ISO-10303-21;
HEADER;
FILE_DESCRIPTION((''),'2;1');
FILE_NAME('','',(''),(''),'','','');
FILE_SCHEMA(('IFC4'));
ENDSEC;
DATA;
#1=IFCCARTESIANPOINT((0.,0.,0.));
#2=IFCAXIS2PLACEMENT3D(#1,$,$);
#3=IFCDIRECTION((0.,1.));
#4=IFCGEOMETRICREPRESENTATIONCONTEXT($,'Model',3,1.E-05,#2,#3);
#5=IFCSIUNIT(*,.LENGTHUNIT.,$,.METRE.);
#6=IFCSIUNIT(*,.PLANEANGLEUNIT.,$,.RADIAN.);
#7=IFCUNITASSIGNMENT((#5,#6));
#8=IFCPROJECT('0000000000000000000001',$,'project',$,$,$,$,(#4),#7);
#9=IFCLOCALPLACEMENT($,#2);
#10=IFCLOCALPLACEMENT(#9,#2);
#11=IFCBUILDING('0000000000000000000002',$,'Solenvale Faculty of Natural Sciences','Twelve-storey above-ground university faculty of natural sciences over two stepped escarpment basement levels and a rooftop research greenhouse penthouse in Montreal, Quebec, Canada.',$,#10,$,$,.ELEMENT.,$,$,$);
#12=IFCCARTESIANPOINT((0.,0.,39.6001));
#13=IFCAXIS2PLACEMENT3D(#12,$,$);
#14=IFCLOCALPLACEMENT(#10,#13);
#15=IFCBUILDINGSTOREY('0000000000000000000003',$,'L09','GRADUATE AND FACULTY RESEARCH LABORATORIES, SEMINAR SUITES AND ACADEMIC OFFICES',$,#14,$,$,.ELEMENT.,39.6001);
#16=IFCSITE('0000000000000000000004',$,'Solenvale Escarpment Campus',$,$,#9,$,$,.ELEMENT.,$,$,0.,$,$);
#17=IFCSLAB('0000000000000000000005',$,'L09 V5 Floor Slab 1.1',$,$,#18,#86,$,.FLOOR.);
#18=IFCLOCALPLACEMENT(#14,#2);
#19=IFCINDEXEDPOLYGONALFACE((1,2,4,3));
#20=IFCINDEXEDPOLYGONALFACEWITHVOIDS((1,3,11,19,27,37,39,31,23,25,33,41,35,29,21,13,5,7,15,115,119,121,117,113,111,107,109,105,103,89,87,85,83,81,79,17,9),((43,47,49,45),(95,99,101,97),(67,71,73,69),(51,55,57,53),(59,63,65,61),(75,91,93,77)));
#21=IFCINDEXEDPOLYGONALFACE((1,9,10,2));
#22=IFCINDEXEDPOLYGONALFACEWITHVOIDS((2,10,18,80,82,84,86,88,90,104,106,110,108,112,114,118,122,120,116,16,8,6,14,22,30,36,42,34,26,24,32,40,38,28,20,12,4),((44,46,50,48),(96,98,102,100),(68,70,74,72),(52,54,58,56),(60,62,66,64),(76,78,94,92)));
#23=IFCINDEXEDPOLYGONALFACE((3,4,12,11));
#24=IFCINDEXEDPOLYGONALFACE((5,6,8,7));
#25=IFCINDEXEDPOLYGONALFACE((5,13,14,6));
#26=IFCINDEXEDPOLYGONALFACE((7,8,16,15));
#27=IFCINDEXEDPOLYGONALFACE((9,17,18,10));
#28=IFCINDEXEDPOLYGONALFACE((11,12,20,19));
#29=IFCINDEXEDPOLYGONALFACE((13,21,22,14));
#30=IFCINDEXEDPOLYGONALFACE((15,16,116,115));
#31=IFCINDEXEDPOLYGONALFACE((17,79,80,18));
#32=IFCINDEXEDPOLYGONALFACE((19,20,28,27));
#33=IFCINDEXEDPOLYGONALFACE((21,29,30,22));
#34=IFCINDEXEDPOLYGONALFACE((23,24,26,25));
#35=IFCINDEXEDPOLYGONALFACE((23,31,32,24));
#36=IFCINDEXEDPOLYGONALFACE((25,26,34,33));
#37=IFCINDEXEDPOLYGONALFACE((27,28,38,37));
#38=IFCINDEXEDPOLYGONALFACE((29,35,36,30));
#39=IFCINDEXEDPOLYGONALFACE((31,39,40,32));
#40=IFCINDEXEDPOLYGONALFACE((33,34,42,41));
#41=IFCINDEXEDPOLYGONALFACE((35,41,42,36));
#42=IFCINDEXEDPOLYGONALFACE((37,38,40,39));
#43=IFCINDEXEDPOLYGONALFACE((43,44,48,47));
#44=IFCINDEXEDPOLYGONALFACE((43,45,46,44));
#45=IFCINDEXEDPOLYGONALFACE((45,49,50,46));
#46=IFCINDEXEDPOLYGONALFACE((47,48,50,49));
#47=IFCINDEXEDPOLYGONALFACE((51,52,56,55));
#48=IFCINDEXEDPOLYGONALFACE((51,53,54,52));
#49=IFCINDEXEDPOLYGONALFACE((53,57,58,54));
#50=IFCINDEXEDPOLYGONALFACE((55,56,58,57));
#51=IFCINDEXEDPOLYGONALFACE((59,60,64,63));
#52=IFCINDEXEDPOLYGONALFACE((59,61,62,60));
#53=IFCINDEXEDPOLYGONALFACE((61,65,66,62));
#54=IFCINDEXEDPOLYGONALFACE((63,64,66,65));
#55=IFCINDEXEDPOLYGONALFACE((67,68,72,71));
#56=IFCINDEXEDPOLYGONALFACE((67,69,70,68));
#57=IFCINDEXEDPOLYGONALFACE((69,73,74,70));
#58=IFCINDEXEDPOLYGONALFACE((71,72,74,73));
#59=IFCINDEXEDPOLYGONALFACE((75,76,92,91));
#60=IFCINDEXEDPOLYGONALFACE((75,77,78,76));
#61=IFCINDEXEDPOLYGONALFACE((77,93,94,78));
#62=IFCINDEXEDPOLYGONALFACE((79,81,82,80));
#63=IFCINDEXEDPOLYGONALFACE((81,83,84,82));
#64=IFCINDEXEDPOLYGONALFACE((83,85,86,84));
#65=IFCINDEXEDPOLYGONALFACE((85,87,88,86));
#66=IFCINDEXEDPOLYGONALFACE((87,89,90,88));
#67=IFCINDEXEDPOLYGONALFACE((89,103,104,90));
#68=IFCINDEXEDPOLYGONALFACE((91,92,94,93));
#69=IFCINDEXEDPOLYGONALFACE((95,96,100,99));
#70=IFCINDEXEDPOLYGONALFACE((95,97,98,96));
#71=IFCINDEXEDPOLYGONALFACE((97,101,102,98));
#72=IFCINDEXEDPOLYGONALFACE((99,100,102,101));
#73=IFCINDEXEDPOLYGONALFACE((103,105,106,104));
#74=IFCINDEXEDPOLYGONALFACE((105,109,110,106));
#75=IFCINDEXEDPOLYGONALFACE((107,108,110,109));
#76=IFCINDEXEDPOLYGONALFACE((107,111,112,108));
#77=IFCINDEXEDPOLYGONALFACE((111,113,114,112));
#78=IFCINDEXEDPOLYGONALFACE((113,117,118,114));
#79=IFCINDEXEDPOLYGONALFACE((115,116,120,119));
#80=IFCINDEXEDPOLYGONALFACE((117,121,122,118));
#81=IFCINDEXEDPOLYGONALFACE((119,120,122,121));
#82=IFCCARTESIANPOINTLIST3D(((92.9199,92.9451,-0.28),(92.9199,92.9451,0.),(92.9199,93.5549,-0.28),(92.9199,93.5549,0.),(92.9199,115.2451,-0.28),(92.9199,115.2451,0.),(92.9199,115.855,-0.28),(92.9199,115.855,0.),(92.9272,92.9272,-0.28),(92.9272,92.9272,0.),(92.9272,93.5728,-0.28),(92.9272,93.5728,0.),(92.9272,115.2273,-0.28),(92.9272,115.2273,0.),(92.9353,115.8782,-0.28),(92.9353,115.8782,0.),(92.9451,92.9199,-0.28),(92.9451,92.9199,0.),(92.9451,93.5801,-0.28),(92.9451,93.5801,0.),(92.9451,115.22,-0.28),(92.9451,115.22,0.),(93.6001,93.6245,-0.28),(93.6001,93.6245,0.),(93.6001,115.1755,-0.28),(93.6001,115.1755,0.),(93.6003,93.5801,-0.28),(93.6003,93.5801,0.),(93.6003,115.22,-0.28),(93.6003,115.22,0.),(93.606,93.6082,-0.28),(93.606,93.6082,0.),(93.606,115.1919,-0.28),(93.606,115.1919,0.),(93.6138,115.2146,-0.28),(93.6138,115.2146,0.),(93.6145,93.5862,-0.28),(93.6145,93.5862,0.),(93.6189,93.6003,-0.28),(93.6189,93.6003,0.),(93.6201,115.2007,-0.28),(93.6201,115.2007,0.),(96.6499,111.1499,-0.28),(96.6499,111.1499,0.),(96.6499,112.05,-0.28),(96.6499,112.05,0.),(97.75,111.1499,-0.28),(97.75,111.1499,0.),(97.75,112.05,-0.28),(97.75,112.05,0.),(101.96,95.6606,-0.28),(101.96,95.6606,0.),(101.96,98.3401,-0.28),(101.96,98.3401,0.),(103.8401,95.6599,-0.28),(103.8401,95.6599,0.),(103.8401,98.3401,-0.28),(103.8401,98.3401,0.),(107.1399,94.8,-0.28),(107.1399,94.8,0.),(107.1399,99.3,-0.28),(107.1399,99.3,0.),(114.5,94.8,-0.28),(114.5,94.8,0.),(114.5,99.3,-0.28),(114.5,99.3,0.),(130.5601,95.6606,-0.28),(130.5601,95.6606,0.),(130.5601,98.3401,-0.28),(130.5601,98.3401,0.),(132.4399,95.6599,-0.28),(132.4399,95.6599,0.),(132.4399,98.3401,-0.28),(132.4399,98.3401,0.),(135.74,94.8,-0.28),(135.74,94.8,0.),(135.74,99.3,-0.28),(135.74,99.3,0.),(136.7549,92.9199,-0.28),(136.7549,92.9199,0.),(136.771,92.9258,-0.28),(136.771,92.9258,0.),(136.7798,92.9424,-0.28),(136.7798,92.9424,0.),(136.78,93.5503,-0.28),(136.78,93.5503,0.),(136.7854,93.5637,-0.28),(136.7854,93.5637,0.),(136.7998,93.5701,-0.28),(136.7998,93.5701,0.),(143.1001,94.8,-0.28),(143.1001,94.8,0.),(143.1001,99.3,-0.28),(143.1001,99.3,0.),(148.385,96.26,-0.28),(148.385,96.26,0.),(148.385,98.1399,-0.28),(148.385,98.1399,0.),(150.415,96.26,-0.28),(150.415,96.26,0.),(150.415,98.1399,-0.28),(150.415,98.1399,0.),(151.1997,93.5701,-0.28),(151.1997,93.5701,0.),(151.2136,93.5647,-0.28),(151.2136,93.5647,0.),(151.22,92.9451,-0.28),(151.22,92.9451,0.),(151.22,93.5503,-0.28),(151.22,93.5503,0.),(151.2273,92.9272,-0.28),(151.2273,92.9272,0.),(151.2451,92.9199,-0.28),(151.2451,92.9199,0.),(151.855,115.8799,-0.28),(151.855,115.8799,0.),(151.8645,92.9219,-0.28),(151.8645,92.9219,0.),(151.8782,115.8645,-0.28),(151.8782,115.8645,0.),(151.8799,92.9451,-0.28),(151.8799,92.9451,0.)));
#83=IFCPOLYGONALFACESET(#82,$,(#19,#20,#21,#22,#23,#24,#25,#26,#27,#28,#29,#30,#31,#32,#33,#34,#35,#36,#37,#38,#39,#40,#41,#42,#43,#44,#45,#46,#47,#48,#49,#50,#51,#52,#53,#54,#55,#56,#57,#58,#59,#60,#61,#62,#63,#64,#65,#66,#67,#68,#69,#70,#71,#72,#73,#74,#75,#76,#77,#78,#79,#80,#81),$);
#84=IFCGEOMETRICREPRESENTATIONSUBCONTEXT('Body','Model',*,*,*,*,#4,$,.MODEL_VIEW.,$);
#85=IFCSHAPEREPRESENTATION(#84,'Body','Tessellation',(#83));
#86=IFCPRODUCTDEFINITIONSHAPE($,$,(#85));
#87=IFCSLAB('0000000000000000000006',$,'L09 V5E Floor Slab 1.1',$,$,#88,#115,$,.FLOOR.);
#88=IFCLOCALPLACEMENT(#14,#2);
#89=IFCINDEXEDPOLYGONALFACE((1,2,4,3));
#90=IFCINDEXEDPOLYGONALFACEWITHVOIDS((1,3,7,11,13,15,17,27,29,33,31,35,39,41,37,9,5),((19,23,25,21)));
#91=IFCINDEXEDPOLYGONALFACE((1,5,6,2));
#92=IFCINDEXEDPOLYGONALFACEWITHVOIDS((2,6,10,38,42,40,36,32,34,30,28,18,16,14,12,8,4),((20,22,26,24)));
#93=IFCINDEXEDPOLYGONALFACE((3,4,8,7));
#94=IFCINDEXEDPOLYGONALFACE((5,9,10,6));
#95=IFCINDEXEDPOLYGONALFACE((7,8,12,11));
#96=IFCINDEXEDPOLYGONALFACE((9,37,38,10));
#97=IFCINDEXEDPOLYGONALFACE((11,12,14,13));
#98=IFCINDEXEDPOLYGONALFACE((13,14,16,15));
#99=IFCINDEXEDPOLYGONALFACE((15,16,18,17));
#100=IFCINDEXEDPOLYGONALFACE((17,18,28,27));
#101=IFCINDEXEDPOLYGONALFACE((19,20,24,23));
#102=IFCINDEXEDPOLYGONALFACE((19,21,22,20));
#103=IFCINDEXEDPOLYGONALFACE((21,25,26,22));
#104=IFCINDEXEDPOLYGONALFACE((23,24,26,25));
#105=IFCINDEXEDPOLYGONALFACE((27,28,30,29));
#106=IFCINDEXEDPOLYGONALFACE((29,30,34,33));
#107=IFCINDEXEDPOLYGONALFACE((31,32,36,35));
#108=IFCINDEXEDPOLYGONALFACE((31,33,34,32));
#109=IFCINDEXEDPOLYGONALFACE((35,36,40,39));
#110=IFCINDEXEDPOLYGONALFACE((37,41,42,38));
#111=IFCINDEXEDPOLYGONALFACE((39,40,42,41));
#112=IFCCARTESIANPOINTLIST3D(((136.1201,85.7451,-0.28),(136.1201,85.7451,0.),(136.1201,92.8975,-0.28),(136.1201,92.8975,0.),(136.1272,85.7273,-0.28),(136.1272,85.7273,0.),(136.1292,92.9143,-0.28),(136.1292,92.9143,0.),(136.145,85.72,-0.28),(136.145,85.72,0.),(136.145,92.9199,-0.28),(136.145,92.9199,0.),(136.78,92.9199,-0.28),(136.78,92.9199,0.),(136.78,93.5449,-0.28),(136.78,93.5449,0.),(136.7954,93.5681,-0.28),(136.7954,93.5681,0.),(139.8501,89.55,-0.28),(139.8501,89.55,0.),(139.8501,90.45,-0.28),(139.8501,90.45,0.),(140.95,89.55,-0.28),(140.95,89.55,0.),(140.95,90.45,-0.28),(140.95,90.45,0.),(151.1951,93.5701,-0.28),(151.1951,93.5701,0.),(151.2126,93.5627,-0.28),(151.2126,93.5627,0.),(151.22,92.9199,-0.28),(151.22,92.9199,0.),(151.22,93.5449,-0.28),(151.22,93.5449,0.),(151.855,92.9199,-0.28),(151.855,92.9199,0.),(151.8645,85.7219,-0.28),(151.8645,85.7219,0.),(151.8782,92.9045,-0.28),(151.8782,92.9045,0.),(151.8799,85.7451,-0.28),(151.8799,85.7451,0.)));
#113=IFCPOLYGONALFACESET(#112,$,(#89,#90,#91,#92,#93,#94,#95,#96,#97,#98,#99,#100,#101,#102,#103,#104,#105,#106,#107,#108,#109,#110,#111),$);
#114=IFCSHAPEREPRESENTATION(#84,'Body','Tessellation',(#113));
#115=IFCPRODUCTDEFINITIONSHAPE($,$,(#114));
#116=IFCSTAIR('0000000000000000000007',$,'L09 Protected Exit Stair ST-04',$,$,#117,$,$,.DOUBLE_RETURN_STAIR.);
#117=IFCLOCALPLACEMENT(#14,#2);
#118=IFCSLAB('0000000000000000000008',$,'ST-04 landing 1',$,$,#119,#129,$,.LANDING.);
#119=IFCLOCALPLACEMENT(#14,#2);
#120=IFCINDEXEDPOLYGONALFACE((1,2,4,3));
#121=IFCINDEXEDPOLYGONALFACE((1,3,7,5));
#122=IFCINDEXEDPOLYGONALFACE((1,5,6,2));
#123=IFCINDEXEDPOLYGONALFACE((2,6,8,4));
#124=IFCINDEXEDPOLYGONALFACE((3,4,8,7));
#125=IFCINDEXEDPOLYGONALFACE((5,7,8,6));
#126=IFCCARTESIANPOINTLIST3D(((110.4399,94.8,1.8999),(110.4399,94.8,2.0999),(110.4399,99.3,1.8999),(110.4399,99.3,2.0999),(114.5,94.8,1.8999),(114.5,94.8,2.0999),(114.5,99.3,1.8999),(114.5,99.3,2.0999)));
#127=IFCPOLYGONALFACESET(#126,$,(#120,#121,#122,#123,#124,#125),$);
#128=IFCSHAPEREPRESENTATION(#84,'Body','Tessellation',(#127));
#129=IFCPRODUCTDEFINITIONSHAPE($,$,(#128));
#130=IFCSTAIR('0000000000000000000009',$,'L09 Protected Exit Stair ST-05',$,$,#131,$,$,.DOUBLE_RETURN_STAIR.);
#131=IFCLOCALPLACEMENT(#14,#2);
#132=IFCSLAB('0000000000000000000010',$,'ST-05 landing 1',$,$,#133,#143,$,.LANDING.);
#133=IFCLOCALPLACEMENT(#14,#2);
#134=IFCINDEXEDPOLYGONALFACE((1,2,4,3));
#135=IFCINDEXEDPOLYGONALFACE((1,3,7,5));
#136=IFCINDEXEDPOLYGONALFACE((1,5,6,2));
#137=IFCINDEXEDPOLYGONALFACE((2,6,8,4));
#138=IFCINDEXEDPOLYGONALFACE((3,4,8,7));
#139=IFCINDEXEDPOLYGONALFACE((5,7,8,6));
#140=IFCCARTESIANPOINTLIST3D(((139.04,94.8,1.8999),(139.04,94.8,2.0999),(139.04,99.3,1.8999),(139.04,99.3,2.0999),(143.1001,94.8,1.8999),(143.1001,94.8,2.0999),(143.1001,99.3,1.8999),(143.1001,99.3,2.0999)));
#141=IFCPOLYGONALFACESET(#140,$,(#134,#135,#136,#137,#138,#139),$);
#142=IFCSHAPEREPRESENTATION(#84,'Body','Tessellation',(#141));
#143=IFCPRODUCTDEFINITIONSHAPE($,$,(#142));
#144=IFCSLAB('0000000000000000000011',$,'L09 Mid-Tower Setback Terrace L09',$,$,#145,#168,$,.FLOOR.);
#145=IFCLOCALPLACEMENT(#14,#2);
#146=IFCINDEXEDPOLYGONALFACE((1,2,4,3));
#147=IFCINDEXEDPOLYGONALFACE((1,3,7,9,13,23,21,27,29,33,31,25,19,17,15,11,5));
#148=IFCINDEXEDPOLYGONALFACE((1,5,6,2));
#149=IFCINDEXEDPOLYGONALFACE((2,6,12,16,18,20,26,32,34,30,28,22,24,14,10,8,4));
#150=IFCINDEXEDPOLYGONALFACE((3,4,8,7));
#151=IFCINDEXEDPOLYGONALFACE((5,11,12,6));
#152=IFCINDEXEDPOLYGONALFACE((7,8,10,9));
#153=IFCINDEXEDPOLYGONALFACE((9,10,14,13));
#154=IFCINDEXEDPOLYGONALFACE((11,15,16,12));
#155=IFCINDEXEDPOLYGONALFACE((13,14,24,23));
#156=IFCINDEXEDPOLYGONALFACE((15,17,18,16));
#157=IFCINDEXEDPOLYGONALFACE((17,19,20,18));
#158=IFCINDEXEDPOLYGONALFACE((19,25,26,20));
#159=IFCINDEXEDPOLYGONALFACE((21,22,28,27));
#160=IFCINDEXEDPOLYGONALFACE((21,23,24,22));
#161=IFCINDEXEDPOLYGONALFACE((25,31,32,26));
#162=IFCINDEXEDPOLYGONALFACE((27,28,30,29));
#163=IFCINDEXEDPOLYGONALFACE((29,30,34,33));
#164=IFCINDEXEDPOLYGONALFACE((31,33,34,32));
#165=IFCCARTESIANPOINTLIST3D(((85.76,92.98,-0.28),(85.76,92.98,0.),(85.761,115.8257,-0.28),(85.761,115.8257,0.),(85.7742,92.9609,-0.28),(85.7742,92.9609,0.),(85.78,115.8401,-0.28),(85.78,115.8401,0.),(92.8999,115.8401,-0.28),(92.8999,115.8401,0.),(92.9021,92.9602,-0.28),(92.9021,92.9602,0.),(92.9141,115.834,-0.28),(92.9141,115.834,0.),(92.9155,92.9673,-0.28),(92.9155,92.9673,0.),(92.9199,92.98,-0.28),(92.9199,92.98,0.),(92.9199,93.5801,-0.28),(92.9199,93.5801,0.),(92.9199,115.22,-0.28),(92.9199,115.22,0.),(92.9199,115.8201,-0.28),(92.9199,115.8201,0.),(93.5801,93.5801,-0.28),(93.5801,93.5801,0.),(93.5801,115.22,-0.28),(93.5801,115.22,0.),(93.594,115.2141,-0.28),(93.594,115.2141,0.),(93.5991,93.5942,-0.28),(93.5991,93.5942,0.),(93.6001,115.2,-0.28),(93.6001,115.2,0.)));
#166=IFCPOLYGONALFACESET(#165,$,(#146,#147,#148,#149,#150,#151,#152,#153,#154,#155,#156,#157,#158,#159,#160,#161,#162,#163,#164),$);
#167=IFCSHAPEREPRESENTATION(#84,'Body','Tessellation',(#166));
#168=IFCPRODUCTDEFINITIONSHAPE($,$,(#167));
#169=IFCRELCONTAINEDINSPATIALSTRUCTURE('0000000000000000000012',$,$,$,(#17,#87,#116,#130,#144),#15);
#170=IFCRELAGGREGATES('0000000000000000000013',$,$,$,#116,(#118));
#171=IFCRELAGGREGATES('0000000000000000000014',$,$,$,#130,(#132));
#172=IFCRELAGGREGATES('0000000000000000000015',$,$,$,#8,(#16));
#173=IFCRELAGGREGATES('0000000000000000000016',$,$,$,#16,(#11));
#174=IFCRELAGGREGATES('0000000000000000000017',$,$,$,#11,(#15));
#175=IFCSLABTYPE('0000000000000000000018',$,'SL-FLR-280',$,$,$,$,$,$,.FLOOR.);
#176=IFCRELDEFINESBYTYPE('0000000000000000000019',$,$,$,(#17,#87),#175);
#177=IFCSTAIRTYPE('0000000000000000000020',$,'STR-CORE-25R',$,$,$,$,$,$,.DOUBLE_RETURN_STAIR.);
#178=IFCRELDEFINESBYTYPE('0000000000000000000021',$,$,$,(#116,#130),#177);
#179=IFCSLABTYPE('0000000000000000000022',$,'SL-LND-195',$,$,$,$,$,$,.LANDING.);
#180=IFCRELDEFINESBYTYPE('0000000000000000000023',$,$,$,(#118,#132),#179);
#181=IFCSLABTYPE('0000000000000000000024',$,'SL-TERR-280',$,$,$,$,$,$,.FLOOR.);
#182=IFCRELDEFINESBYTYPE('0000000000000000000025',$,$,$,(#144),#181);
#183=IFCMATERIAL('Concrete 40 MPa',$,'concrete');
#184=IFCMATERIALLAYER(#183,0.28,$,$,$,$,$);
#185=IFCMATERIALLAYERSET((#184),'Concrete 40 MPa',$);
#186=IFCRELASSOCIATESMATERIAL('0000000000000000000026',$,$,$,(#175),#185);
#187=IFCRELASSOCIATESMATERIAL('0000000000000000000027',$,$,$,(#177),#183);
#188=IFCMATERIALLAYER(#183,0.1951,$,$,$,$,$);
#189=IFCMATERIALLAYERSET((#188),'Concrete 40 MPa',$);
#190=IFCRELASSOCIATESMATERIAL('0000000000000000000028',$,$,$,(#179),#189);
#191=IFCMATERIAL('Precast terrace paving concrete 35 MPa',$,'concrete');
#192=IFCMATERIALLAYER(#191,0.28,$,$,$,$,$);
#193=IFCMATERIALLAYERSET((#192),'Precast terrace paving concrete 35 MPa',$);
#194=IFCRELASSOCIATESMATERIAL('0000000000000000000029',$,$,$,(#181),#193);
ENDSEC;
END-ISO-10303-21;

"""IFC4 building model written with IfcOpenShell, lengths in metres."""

from ifc_helpers import new_model, si_unit, direction, frame, origin, place, context, subcontext, project, spatial, polyline, outline, extrude, material, layer, layer_set, type_object, element, aggregate, save


model = new_model("IFC4")

# Units and contexts
model_context = context("Model", 3, precision=1e-05, world=origin(), true_north=direction((0.0, 1.0)))
body_context = subcontext(model_context, "Body", "Model", "MODEL_VIEW")
ifc_project = project(units=[si_unit("LENGTHUNIT", "METRE"), si_unit("PLANEANGLEUNIT", "RADIAN")], contexts=[model_context])

# Site, building, storey
site_placement = place(None, origin())
site = spatial("IfcSite", under=ifc_project, at=site_placement, Name="Solenvale Escarpment Campus", CompositionType="ELEMENT", RefElevation=0.0)
building_placement = place(site_placement, origin())
building = spatial("IfcBuilding", under=site, at=building_placement, Name="Solenvale Faculty of Natural Sciences", Description="Twelve-storey above-ground university faculty of natural sciences over two stepped escarpment basement levels and a rooftop research greenhouse penthouse in Montreal, Quebec, Canada.", CompositionType="ELEMENT")
storey_placement = place(building_placement, frame((0.0, 0.0, 39.6001)))
storey = spatial("IfcBuildingStorey", under=building, at=storey_placement, Name="L09", Description="GRADUATE AND FACULTY RESEARCH LABORATORIES, SEMINAR SUITES AND ACADEMIC OFFICES", CompositionType="ELEMENT", Elevation=39.6001)

# Slabs
ifc_material_1 = material(Name="Concrete 40 MPa", Category="concrete")
ifc_layer_1 = layer(ifc_material_1, 0.28)
ifc_layer_set_1 = layer_set([ifc_layer_1], Name="Concrete 40 MPa")
slab_type_1 = type_object("IfcSlabType", Name="SL-FLR-280", PredefinedType="FLOOR", material=ifc_layer_set_1)
slab_1_placement = place(storey_placement, frame((0.0, 0.0, -0.28)))
element("IfcSlab", 1, at=slab_1_placement, inside=storey, type_object=slab_type_1, Name="L09 V5 Floor Slab 1.1", PredefinedType="FLOOR", context=body_context, shape_type="SweptSolid", body=[
    extrude(outline(polyline([(93.6189, 93.6003), (93.606, 93.6082), (93.6001, 93.6245), (93.6001, 115.1755), (93.606, 115.1919), (93.6201, 115.2007), (93.6138, 115.2146), (93.6003, 115.22), (92.9451, 115.22), (92.9272, 115.2273), (92.9199, 115.2451), (92.9199, 115.855), (92.9353, 115.8782), (151.855, 115.8799), (151.8782, 115.8645), (151.8799, 92.9451), (151.8645, 92.9219), (151.2451, 92.9199), (151.2273, 92.9272), (151.22, 92.9451), (151.22, 93.5503), (151.2136, 93.5647), (151.1997, 93.5701), (136.7998, 93.5701), (136.7854, 93.5637), (136.78, 93.5503), (136.7798, 92.9424), (136.771, 92.9258), (136.7549, 92.9199), (92.9451, 92.9199), (92.9272, 92.9272), (92.9199, 92.9451), (92.9199, 93.5549), (92.9272, 93.5728), (92.9451, 93.5801), (93.6003, 93.5801), (93.6145, 93.5862), (93.6189, 93.6003)]), holes=[polyline([(148.385, 96.26), (150.415, 96.26), (150.415, 98.1399), (148.385, 98.1399), (148.385, 96.26)]), polyline([(135.74, 94.8), (143.1001, 94.8), (143.1001, 99.3), (135.74, 99.3), (135.74, 94.8)]), polyline([(130.5601, 95.6606), (132.4399, 95.6599), (132.4399, 98.3401), (130.5601, 98.3401), (130.5601, 95.6606)]), polyline([(107.1399, 94.8), (114.5, 94.8), (114.5, 99.3), (107.1399, 99.3), (107.1399, 94.8)]), polyline([(101.96, 95.6606), (103.8401, 95.6599), (103.8401, 98.3401), (101.96, 98.3401), (101.96, 95.6606)]), polyline([(96.6499, 111.1499), (97.75, 111.1499), (97.75, 112.05), (96.6499, 112.05), (96.6499, 111.1499)])]), origin(), (0.0, 0.0, 1.0), 0.28),
])
slab_2_placement = place(storey_placement, frame((0.0, 0.0, -0.28)))
element("IfcSlab", 2, at=slab_2_placement, inside=storey, type_object=slab_type_1, Name="L09 V5E Floor Slab 1.1", PredefinedType="FLOOR", context=body_context, shape_type="SweptSolid", body=[
    extrude(outline(polyline([(136.145, 85.72), (136.1272, 85.7273), (136.1201, 85.7451), (136.1201, 92.8975), (136.1292, 92.9143), (136.145, 92.9199), (136.78, 92.9199), (136.78, 93.5449), (136.7954, 93.5681), (151.1951, 93.5701), (151.2126, 93.5627), (151.22, 93.5449), (151.22, 92.9199), (151.855, 92.9199), (151.8782, 92.9045), (151.8799, 85.7451), (151.8645, 85.7219), (136.145, 85.72)]), holes=[polyline([(139.8501, 89.55), (140.95, 89.55), (140.95, 90.45), (139.8501, 90.45), (139.8501, 89.55)])]), origin(), (0.0, 0.0, 1.0), 0.28),
])

# Stairs, slabs
stair_type = type_object("IfcStairType", Name="STR-CORE-25R", PredefinedType="DOUBLE_RETURN_STAIR", material=ifc_material_1)
stair_1_placement = place(storey_placement, origin())
stair_1 = element("IfcStair", 3, at=stair_1_placement, inside=storey, type_object=stair_type, Name="L09 Protected Exit Stair ST-04", PredefinedType="DOUBLE_RETURN_STAIR")
ifc_layer_2 = layer(ifc_material_1, 0.1951)
ifc_layer_set_2 = layer_set([ifc_layer_2], Name="Concrete 40 MPa")
slab_type_2 = type_object("IfcSlabType", Name="SL-LND-195", PredefinedType="LANDING", material=ifc_layer_set_2)
slab_3_placement = place(storey_placement, frame((0.0, 0.0, 1.8999)))
slab_3 = element("IfcSlab", 4, at=slab_3_placement, type_object=slab_type_2, Name="ST-04 landing 1", PredefinedType="LANDING", context=body_context, shape_type="SweptSolid", body=[
    extrude(outline(polyline([(110.4399, 94.8), (114.5, 94.8), (114.5, 99.3), (110.4399, 99.3), (110.4399, 94.8)])), origin(), (0.0, 0.0, 1.0), 0.2),
])
aggregate(stair_1, [slab_3])
stair_2_placement = place(storey_placement, origin())
stair_2 = element("IfcStair", 5, at=stair_2_placement, inside=storey, type_object=stair_type, Name="L09 Protected Exit Stair ST-05", PredefinedType="DOUBLE_RETURN_STAIR")
slab_4_placement = place(storey_placement, frame((0.0, 0.0, 1.8999)))
slab_4 = element("IfcSlab", 6, at=slab_4_placement, type_object=slab_type_2, Name="ST-05 landing 1", PredefinedType="LANDING", context=body_context, shape_type="SweptSolid", body=[
    extrude(outline(polyline([(139.04, 94.8), (143.1001, 94.8), (143.1001, 99.3), (139.04, 99.3), (139.04, 94.8)])), origin(), (0.0, 0.0, 1.0), 0.2),
])
aggregate(stair_2, [slab_4])

# Slab
ifc_material_2 = material(Name="Precast terrace paving concrete 35 MPa", Category="concrete")
ifc_layer_3 = layer(ifc_material_2, 0.28)
ifc_layer_set_3 = layer_set([ifc_layer_3], Name="Precast terrace paving concrete 35 MPa")
slab_type_3 = type_object("IfcSlabType", Name="SL-TERR-280", PredefinedType="FLOOR", material=ifc_layer_set_3)
slab_5_placement = place(storey_placement, frame((0.0, 0.0, -0.28)))
element("IfcSlab", 7, at=slab_5_placement, inside=storey, type_object=slab_type_3, Name="L09 Mid-Tower Setback Terrace L09", PredefinedType="FLOOR", context=body_context, shape_type="SweptSolid", body=[
    extrude(outline(polyline([(92.8999, 115.8401), (92.9141, 115.834), (92.9199, 115.8201), (92.9199, 115.22), (93.5801, 115.22), (93.594, 115.2141), (93.6001, 115.2), (93.5991, 93.5942), (93.5801, 93.5801), (92.9199, 93.5801), (92.9199, 92.98), (92.9155, 92.9673), (92.9021, 92.9602), (85.7742, 92.9609), (85.76, 92.98), (85.761, 115.8257), (85.78, 115.8401), (92.8999, 115.8401)])), origin(), (0.0, 0.0, 1.0), 0.28),
])

save(model, "model.ifc")
